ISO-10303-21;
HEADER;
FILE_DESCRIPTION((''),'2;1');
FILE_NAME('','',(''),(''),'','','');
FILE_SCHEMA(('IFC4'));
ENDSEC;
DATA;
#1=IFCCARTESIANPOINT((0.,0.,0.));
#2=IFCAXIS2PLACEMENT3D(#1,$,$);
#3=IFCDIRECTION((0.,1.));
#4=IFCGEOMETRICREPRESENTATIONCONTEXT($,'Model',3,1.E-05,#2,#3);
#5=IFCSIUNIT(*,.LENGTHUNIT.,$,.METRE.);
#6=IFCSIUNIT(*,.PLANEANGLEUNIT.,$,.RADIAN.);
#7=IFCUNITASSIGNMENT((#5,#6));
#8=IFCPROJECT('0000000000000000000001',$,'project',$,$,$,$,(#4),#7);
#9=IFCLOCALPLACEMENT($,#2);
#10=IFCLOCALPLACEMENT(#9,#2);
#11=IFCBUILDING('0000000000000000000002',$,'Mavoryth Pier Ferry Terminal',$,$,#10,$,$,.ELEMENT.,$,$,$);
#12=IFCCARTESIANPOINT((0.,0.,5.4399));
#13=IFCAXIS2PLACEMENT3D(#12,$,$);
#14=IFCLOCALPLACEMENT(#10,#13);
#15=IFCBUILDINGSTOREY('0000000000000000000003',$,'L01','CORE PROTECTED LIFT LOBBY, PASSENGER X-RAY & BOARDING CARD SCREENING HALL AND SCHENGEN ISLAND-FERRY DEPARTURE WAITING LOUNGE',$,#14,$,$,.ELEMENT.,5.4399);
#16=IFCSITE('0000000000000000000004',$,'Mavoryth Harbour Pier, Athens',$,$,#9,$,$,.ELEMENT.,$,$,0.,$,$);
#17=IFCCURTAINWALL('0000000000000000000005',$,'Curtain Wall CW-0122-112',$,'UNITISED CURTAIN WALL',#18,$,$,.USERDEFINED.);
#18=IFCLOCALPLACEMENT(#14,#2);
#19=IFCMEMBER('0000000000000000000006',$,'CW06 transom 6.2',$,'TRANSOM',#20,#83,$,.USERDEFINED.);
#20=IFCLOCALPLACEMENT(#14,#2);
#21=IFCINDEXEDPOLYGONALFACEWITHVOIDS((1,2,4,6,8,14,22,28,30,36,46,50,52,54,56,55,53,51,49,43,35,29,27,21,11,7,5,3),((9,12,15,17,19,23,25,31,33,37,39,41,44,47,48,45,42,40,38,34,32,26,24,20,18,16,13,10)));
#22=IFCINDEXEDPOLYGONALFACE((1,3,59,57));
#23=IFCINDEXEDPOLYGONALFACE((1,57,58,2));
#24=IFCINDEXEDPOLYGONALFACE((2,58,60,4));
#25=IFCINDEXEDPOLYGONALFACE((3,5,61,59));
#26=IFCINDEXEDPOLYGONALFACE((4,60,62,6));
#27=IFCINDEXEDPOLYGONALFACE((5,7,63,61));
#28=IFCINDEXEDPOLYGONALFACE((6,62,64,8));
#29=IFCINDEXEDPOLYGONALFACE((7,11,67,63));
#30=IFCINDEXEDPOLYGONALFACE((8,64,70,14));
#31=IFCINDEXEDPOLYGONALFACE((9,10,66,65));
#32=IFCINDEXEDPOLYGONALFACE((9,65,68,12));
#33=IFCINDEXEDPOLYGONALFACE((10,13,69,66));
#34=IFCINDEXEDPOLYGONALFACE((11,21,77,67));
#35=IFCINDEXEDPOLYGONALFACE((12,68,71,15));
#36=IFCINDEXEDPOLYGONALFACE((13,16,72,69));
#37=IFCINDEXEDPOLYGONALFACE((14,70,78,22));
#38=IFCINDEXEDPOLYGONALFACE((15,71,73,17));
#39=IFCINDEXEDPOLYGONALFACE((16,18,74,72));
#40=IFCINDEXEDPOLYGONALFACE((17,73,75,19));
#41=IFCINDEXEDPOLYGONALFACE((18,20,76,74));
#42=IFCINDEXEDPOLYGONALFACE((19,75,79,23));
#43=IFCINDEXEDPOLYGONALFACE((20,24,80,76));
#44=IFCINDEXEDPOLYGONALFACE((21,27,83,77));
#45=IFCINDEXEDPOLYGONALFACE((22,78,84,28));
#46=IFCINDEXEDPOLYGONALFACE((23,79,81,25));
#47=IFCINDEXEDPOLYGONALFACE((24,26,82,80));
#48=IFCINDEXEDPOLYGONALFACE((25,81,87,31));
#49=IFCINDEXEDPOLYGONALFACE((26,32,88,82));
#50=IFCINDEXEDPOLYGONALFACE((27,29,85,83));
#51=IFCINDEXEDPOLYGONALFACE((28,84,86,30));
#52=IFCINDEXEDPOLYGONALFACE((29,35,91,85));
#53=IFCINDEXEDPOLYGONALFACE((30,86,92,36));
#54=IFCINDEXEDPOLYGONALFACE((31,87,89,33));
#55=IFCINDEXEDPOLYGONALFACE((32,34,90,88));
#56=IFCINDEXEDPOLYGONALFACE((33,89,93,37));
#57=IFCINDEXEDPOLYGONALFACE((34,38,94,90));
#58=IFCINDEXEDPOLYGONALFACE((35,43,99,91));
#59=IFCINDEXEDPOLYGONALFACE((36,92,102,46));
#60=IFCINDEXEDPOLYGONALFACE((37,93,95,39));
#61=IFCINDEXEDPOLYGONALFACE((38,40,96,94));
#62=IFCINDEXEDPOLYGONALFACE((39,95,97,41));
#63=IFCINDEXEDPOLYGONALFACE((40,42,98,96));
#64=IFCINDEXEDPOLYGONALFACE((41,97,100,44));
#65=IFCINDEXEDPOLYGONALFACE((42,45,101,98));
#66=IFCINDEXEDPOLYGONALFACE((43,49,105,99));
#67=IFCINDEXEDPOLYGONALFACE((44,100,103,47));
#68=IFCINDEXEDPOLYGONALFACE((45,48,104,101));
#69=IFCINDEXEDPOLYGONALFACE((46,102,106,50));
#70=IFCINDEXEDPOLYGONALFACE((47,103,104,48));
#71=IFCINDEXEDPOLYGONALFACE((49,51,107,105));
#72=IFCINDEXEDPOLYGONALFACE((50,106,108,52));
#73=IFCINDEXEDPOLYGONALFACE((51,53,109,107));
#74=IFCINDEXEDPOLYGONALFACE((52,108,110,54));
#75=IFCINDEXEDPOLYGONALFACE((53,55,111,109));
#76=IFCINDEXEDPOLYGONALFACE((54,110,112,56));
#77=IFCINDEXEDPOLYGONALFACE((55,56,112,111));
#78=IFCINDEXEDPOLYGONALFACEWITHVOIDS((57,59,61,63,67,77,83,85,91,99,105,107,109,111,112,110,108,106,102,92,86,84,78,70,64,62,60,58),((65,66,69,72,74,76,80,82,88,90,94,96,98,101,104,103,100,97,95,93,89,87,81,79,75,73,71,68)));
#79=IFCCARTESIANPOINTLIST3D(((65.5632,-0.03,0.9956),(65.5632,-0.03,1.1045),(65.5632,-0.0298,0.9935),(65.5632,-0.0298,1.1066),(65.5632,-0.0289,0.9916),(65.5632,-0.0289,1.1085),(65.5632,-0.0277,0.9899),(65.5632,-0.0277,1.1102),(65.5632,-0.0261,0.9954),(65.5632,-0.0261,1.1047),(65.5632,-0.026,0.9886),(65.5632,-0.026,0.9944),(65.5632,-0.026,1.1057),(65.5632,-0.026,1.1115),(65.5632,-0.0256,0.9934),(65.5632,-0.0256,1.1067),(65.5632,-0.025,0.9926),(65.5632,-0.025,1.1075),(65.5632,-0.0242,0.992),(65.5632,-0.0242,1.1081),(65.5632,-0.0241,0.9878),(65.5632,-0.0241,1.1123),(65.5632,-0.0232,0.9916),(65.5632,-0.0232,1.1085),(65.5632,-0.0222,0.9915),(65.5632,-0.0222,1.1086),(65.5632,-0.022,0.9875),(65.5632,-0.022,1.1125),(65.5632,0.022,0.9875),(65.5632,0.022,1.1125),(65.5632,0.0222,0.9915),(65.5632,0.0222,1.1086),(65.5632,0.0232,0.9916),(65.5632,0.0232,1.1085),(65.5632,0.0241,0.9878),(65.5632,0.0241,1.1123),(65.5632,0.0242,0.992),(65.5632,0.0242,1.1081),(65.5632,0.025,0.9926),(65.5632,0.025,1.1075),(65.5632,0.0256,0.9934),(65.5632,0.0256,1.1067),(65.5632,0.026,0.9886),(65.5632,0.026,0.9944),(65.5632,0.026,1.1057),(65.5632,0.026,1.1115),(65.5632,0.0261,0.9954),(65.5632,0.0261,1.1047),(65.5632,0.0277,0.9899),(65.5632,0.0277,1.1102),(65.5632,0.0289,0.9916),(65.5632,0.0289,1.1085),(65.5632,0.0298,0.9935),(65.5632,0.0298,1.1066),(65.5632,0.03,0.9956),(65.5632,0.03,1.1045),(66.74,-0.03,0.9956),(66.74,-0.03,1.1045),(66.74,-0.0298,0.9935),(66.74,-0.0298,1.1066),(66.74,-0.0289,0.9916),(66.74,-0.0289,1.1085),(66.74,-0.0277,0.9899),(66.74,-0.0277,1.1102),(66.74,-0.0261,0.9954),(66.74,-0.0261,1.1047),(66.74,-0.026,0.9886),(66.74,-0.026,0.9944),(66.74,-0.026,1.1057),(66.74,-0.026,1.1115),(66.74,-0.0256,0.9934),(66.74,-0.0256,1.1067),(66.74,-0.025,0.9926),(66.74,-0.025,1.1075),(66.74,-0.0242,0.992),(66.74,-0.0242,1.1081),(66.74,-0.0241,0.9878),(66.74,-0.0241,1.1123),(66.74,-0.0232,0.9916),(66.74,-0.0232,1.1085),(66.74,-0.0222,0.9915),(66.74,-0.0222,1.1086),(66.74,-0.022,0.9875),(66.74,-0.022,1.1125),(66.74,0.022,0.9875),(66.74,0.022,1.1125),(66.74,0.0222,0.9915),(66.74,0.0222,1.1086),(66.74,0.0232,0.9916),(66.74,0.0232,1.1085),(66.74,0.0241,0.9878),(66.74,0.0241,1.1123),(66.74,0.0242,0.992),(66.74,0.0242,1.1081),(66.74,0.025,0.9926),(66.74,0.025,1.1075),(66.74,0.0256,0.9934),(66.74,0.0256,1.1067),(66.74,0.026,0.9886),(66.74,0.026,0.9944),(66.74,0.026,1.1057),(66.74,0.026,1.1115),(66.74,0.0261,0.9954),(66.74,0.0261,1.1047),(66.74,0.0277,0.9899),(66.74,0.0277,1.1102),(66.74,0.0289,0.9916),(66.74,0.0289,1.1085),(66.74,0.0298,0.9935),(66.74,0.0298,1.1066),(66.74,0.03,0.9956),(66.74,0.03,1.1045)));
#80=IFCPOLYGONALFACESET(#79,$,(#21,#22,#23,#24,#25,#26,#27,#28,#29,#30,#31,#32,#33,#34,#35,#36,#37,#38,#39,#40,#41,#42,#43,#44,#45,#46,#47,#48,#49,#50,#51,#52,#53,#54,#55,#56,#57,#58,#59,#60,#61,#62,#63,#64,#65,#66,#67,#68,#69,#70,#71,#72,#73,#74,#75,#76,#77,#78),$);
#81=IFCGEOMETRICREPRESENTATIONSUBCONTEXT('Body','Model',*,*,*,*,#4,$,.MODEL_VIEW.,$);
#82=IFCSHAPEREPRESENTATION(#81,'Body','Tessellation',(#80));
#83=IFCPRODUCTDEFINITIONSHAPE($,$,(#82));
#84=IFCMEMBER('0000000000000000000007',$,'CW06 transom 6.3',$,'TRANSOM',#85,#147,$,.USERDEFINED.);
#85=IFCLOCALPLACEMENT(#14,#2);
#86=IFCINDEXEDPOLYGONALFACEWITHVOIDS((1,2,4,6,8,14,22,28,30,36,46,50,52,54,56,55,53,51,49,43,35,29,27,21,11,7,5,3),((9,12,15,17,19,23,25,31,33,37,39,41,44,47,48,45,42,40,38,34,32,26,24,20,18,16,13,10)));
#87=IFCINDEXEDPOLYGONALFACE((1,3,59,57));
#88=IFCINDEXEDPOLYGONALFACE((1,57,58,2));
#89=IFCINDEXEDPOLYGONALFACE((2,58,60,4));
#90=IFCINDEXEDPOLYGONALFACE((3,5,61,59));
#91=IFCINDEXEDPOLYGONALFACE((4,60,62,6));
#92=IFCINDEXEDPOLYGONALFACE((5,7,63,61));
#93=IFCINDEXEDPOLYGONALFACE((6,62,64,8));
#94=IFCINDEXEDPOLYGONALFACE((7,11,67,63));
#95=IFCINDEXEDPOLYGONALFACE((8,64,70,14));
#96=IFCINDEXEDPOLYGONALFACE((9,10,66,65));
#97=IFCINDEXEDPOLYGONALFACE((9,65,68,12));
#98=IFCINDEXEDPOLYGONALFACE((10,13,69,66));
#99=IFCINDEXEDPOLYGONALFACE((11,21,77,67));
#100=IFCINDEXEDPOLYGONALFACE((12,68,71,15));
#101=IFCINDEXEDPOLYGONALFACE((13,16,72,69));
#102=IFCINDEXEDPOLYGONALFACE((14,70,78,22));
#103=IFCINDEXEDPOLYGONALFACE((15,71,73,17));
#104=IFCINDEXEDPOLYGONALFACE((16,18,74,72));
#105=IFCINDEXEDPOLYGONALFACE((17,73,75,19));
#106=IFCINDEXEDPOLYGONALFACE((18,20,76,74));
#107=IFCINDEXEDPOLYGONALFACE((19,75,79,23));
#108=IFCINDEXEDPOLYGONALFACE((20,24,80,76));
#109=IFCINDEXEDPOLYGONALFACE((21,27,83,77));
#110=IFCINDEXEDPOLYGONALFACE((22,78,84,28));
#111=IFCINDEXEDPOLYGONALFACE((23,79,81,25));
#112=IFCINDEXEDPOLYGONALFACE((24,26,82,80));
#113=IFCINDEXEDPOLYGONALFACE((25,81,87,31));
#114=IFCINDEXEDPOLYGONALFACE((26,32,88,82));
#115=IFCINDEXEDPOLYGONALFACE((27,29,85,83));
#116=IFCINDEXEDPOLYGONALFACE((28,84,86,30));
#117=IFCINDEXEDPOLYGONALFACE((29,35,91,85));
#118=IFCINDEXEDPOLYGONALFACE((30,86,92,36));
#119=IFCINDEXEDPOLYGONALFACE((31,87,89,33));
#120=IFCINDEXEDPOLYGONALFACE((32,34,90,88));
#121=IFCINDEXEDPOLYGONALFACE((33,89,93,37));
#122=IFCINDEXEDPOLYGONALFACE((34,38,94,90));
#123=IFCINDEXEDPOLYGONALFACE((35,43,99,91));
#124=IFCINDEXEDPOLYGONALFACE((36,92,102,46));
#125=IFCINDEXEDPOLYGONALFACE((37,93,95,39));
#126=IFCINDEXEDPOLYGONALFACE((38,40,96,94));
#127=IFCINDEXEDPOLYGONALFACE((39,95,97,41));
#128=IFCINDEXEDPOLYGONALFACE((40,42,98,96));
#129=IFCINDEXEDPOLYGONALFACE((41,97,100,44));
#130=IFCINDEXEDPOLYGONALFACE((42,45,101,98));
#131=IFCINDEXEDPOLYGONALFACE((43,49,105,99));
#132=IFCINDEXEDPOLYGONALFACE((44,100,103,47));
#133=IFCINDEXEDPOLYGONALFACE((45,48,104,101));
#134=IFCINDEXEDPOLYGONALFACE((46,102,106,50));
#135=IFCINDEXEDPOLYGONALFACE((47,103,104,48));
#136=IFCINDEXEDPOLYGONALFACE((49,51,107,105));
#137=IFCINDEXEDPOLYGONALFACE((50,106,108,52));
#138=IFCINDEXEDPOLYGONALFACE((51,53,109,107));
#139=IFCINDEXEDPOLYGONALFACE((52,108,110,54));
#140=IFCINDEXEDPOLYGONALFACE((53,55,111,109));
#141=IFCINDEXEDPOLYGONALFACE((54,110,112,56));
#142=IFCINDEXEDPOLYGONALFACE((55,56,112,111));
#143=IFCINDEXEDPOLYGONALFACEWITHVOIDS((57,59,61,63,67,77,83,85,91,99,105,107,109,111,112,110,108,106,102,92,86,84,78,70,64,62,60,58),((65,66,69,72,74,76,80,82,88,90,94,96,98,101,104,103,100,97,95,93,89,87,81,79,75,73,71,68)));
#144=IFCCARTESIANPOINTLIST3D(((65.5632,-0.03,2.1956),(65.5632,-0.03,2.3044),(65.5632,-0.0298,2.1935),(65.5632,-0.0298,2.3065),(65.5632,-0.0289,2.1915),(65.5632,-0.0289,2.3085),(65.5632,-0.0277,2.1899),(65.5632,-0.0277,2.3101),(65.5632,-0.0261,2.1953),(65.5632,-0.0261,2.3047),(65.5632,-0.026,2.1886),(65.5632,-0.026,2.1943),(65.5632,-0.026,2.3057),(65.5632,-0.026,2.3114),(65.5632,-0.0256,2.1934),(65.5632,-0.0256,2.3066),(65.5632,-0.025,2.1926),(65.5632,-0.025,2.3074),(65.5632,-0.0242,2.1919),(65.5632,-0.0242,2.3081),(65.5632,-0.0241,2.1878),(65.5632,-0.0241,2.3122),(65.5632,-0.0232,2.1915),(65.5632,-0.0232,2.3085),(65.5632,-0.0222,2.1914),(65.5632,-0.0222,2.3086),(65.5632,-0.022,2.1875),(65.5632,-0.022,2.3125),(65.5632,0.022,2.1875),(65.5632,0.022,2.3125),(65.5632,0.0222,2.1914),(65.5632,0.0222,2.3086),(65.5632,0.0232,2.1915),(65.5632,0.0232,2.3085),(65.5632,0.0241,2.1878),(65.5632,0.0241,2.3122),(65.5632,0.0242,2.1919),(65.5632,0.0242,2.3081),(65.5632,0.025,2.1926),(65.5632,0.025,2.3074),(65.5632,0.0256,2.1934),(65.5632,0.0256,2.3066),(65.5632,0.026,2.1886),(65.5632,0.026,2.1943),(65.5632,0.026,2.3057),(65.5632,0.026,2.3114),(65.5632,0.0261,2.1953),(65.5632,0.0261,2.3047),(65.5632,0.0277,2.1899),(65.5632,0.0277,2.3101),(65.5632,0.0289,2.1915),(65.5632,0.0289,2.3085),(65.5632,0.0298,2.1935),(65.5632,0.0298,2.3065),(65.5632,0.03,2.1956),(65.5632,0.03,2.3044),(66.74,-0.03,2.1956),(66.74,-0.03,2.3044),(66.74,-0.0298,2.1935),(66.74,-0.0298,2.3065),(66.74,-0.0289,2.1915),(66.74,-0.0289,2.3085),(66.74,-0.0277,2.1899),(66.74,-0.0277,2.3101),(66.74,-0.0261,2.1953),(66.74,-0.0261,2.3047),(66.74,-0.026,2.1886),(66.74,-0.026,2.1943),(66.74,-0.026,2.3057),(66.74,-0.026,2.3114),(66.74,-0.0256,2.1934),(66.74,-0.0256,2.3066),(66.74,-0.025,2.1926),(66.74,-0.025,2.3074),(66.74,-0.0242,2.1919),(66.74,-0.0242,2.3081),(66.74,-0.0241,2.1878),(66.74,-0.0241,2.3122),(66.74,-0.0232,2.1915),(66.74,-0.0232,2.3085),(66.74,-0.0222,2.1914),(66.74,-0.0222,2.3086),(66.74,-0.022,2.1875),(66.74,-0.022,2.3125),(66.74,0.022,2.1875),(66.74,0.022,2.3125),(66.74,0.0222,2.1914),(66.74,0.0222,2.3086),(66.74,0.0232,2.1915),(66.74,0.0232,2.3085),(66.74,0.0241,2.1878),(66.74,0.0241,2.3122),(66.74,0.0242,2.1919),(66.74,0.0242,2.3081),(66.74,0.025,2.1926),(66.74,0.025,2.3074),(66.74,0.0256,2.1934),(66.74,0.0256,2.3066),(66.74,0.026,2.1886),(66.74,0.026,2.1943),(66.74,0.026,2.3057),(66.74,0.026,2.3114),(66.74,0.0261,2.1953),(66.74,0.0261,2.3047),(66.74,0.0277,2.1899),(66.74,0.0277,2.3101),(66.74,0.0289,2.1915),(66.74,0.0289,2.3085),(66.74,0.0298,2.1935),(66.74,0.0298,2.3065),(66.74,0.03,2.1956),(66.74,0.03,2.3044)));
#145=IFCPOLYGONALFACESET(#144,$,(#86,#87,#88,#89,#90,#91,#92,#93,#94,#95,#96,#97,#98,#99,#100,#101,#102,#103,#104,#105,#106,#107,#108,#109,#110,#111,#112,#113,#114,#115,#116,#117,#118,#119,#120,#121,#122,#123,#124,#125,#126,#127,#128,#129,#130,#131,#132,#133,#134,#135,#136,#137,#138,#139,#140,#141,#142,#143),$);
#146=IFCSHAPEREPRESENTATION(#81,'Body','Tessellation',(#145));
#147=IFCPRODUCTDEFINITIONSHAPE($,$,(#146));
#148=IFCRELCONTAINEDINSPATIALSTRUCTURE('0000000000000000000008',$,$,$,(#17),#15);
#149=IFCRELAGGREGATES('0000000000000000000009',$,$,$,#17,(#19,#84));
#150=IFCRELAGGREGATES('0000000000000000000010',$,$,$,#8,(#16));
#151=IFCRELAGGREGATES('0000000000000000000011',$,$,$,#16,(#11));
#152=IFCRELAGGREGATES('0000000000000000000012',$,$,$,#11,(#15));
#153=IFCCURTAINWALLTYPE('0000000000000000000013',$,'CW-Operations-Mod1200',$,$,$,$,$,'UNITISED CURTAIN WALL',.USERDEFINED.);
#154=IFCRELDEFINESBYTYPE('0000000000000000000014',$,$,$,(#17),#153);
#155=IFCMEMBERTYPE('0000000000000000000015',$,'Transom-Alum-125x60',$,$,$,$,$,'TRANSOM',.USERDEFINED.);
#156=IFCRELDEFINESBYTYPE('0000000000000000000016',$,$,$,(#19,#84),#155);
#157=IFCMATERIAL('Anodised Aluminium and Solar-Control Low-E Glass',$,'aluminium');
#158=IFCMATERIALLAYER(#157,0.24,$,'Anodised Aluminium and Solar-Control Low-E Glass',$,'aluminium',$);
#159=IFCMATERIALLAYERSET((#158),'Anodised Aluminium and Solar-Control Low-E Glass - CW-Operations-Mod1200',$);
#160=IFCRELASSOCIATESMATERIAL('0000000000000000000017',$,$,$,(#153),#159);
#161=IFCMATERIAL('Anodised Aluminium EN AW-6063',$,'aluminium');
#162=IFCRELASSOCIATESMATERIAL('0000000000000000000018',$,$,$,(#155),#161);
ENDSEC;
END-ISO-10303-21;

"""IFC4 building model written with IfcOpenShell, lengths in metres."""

from ifc_helpers import new_model, si_unit, direction, frame, origin, origin_2d, place, context, subcontext, project, spatial, hollow_rectangle, extrude, material, layer, layer_set, material_profile, profile_set, type_object, element, aggregate, save


model = new_model("IFC4")

# Units and contexts
model_context = context("Model", 3, precision=1e-05, world=origin(), true_north=direction((0.0, 1.0)))
body_context = subcontext(model_context, "Body", "Model", "MODEL_VIEW")
ifc_project = project(units=[si_unit("LENGTHUNIT", "METRE"), si_unit("PLANEANGLEUNIT", "RADIAN")], contexts=[model_context])

# Site, building, storey
site_placement = place(None, origin())
site = spatial("IfcSite", under=ifc_project, at=site_placement, Name="Mavoryth Harbour Pier, Athens", CompositionType="ELEMENT", RefElevation=0.0)
building_placement = place(site_placement, origin())
building = spatial("IfcBuilding", under=site, at=building_placement, Name="Mavoryth Pier Ferry Terminal", CompositionType="ELEMENT")
storey_placement = place(building_placement, frame((0.0, 0.0, 5.4399)))
storey = spatial("IfcBuildingStorey", under=building, at=storey_placement, Name="L01", Description="CORE PROTECTED LIFT LOBBY, PASSENGER X-RAY & BOARDING CARD SCREENING HALL AND SCHENGEN ISLAND-FERRY DEPARTURE WAITING LOUNGE", CompositionType="ELEMENT", Elevation=5.4399)

# Curtain wall, members
ifc_material_1 = material(Name="Anodised Aluminium and Solar-Control Low-E Glass", Category="aluminium")
ifc_layer_1 = layer(ifc_material_1, 0.24, Name="Anodised Aluminium and Solar-Control Low-E Glass", Category="aluminium")
ifc_layer_set_1 = layer_set([ifc_layer_1], Name="Anodised Aluminium and Solar-Control Low-E Glass - CW-Operations-Mod1200")
curtain_wall_type = type_object("IfcCurtainWallType", Name="CW-Operations-Mod1200", ElementType="UNITISED CURTAIN WALL", PredefinedType="USERDEFINED", material=ifc_layer_set_1)
curtain_wall_placement = place(storey_placement, origin())
curtain_wall = element("IfcCurtainWall", 1, at=curtain_wall_placement, inside=storey, type_object=curtain_wall_type, Name="Curtain Wall CW-0122-112", ObjectType="UNITISED CURTAIN WALL", PredefinedType="USERDEFINED")
ifc_material_2 = material(Name="Anodised Aluminium EN AW-6063", Category="aluminium")
ifc_material_profile_1 = material_profile(ifc_material_2, hollow_rectangle(XDim=0.0601, YDim=0.125, WallThickness=0.0039, InnerFilletRadius=0.0039, OuterFilletRadius=0.0081, at=origin_2d()), Name="AL-TRAN 125x60x4", Category="aluminium")
ifc_profile_set_1 = profile_set([ifc_material_profile_1], Name="Anodised Aluminium EN AW-6063 - AL-TRAN 125x60x4")
member_type_1 = type_object("IfcMemberType", Name="Transom-Alum-125x60", ElementType="TRANSOM", PredefinedType="USERDEFINED", material=ifc_profile_set_1)
member_1_placement = place(storey_placement, frame((65.5632, 0.0, 1.05), z_axis=(1.0, 0.0, 0.0), x_axis=(0.0, 1.0, 0.0)))
member_1 = element("IfcMember", 2, at=member_1_placement, type_object=member_type_1, Name="CW06 transom 6.2", ObjectType="TRANSOM", PredefinedType="USERDEFINED", context=body_context, shape_type="SweptSolid", body=[
    extrude(hollow_rectangle(XDim=0.0601, YDim=0.125, WallThickness=0.0039, InnerFilletRadius=0.0039, OuterFilletRadius=0.0081, at=origin_2d()), origin(), (0.0, 0.0, 1.0), 1.1768),
])
member_2_placement = place(storey_placement, frame((65.5632, 0.0, 2.25), z_axis=(1.0, 0.0, 0.0), x_axis=(0.0, 1.0, 0.0)))
member_2 = element("IfcMember", 3, at=member_2_placement, type_object=member_type_1, Name="CW06 transom 6.3", ObjectType="TRANSOM", PredefinedType="USERDEFINED", context=body_context, shape_type="SweptSolid", body=[
    extrude(hollow_rectangle(XDim=0.0601, YDim=0.125, WallThickness=0.0039, InnerFilletRadius=0.0039, OuterFilletRadius=0.0081, at=origin_2d()), origin(), (0.0, 0.0, 1.0), 1.1768),
])
aggregate(curtain_wall, [member_1, member_2])

save(model, "model.ifc")
